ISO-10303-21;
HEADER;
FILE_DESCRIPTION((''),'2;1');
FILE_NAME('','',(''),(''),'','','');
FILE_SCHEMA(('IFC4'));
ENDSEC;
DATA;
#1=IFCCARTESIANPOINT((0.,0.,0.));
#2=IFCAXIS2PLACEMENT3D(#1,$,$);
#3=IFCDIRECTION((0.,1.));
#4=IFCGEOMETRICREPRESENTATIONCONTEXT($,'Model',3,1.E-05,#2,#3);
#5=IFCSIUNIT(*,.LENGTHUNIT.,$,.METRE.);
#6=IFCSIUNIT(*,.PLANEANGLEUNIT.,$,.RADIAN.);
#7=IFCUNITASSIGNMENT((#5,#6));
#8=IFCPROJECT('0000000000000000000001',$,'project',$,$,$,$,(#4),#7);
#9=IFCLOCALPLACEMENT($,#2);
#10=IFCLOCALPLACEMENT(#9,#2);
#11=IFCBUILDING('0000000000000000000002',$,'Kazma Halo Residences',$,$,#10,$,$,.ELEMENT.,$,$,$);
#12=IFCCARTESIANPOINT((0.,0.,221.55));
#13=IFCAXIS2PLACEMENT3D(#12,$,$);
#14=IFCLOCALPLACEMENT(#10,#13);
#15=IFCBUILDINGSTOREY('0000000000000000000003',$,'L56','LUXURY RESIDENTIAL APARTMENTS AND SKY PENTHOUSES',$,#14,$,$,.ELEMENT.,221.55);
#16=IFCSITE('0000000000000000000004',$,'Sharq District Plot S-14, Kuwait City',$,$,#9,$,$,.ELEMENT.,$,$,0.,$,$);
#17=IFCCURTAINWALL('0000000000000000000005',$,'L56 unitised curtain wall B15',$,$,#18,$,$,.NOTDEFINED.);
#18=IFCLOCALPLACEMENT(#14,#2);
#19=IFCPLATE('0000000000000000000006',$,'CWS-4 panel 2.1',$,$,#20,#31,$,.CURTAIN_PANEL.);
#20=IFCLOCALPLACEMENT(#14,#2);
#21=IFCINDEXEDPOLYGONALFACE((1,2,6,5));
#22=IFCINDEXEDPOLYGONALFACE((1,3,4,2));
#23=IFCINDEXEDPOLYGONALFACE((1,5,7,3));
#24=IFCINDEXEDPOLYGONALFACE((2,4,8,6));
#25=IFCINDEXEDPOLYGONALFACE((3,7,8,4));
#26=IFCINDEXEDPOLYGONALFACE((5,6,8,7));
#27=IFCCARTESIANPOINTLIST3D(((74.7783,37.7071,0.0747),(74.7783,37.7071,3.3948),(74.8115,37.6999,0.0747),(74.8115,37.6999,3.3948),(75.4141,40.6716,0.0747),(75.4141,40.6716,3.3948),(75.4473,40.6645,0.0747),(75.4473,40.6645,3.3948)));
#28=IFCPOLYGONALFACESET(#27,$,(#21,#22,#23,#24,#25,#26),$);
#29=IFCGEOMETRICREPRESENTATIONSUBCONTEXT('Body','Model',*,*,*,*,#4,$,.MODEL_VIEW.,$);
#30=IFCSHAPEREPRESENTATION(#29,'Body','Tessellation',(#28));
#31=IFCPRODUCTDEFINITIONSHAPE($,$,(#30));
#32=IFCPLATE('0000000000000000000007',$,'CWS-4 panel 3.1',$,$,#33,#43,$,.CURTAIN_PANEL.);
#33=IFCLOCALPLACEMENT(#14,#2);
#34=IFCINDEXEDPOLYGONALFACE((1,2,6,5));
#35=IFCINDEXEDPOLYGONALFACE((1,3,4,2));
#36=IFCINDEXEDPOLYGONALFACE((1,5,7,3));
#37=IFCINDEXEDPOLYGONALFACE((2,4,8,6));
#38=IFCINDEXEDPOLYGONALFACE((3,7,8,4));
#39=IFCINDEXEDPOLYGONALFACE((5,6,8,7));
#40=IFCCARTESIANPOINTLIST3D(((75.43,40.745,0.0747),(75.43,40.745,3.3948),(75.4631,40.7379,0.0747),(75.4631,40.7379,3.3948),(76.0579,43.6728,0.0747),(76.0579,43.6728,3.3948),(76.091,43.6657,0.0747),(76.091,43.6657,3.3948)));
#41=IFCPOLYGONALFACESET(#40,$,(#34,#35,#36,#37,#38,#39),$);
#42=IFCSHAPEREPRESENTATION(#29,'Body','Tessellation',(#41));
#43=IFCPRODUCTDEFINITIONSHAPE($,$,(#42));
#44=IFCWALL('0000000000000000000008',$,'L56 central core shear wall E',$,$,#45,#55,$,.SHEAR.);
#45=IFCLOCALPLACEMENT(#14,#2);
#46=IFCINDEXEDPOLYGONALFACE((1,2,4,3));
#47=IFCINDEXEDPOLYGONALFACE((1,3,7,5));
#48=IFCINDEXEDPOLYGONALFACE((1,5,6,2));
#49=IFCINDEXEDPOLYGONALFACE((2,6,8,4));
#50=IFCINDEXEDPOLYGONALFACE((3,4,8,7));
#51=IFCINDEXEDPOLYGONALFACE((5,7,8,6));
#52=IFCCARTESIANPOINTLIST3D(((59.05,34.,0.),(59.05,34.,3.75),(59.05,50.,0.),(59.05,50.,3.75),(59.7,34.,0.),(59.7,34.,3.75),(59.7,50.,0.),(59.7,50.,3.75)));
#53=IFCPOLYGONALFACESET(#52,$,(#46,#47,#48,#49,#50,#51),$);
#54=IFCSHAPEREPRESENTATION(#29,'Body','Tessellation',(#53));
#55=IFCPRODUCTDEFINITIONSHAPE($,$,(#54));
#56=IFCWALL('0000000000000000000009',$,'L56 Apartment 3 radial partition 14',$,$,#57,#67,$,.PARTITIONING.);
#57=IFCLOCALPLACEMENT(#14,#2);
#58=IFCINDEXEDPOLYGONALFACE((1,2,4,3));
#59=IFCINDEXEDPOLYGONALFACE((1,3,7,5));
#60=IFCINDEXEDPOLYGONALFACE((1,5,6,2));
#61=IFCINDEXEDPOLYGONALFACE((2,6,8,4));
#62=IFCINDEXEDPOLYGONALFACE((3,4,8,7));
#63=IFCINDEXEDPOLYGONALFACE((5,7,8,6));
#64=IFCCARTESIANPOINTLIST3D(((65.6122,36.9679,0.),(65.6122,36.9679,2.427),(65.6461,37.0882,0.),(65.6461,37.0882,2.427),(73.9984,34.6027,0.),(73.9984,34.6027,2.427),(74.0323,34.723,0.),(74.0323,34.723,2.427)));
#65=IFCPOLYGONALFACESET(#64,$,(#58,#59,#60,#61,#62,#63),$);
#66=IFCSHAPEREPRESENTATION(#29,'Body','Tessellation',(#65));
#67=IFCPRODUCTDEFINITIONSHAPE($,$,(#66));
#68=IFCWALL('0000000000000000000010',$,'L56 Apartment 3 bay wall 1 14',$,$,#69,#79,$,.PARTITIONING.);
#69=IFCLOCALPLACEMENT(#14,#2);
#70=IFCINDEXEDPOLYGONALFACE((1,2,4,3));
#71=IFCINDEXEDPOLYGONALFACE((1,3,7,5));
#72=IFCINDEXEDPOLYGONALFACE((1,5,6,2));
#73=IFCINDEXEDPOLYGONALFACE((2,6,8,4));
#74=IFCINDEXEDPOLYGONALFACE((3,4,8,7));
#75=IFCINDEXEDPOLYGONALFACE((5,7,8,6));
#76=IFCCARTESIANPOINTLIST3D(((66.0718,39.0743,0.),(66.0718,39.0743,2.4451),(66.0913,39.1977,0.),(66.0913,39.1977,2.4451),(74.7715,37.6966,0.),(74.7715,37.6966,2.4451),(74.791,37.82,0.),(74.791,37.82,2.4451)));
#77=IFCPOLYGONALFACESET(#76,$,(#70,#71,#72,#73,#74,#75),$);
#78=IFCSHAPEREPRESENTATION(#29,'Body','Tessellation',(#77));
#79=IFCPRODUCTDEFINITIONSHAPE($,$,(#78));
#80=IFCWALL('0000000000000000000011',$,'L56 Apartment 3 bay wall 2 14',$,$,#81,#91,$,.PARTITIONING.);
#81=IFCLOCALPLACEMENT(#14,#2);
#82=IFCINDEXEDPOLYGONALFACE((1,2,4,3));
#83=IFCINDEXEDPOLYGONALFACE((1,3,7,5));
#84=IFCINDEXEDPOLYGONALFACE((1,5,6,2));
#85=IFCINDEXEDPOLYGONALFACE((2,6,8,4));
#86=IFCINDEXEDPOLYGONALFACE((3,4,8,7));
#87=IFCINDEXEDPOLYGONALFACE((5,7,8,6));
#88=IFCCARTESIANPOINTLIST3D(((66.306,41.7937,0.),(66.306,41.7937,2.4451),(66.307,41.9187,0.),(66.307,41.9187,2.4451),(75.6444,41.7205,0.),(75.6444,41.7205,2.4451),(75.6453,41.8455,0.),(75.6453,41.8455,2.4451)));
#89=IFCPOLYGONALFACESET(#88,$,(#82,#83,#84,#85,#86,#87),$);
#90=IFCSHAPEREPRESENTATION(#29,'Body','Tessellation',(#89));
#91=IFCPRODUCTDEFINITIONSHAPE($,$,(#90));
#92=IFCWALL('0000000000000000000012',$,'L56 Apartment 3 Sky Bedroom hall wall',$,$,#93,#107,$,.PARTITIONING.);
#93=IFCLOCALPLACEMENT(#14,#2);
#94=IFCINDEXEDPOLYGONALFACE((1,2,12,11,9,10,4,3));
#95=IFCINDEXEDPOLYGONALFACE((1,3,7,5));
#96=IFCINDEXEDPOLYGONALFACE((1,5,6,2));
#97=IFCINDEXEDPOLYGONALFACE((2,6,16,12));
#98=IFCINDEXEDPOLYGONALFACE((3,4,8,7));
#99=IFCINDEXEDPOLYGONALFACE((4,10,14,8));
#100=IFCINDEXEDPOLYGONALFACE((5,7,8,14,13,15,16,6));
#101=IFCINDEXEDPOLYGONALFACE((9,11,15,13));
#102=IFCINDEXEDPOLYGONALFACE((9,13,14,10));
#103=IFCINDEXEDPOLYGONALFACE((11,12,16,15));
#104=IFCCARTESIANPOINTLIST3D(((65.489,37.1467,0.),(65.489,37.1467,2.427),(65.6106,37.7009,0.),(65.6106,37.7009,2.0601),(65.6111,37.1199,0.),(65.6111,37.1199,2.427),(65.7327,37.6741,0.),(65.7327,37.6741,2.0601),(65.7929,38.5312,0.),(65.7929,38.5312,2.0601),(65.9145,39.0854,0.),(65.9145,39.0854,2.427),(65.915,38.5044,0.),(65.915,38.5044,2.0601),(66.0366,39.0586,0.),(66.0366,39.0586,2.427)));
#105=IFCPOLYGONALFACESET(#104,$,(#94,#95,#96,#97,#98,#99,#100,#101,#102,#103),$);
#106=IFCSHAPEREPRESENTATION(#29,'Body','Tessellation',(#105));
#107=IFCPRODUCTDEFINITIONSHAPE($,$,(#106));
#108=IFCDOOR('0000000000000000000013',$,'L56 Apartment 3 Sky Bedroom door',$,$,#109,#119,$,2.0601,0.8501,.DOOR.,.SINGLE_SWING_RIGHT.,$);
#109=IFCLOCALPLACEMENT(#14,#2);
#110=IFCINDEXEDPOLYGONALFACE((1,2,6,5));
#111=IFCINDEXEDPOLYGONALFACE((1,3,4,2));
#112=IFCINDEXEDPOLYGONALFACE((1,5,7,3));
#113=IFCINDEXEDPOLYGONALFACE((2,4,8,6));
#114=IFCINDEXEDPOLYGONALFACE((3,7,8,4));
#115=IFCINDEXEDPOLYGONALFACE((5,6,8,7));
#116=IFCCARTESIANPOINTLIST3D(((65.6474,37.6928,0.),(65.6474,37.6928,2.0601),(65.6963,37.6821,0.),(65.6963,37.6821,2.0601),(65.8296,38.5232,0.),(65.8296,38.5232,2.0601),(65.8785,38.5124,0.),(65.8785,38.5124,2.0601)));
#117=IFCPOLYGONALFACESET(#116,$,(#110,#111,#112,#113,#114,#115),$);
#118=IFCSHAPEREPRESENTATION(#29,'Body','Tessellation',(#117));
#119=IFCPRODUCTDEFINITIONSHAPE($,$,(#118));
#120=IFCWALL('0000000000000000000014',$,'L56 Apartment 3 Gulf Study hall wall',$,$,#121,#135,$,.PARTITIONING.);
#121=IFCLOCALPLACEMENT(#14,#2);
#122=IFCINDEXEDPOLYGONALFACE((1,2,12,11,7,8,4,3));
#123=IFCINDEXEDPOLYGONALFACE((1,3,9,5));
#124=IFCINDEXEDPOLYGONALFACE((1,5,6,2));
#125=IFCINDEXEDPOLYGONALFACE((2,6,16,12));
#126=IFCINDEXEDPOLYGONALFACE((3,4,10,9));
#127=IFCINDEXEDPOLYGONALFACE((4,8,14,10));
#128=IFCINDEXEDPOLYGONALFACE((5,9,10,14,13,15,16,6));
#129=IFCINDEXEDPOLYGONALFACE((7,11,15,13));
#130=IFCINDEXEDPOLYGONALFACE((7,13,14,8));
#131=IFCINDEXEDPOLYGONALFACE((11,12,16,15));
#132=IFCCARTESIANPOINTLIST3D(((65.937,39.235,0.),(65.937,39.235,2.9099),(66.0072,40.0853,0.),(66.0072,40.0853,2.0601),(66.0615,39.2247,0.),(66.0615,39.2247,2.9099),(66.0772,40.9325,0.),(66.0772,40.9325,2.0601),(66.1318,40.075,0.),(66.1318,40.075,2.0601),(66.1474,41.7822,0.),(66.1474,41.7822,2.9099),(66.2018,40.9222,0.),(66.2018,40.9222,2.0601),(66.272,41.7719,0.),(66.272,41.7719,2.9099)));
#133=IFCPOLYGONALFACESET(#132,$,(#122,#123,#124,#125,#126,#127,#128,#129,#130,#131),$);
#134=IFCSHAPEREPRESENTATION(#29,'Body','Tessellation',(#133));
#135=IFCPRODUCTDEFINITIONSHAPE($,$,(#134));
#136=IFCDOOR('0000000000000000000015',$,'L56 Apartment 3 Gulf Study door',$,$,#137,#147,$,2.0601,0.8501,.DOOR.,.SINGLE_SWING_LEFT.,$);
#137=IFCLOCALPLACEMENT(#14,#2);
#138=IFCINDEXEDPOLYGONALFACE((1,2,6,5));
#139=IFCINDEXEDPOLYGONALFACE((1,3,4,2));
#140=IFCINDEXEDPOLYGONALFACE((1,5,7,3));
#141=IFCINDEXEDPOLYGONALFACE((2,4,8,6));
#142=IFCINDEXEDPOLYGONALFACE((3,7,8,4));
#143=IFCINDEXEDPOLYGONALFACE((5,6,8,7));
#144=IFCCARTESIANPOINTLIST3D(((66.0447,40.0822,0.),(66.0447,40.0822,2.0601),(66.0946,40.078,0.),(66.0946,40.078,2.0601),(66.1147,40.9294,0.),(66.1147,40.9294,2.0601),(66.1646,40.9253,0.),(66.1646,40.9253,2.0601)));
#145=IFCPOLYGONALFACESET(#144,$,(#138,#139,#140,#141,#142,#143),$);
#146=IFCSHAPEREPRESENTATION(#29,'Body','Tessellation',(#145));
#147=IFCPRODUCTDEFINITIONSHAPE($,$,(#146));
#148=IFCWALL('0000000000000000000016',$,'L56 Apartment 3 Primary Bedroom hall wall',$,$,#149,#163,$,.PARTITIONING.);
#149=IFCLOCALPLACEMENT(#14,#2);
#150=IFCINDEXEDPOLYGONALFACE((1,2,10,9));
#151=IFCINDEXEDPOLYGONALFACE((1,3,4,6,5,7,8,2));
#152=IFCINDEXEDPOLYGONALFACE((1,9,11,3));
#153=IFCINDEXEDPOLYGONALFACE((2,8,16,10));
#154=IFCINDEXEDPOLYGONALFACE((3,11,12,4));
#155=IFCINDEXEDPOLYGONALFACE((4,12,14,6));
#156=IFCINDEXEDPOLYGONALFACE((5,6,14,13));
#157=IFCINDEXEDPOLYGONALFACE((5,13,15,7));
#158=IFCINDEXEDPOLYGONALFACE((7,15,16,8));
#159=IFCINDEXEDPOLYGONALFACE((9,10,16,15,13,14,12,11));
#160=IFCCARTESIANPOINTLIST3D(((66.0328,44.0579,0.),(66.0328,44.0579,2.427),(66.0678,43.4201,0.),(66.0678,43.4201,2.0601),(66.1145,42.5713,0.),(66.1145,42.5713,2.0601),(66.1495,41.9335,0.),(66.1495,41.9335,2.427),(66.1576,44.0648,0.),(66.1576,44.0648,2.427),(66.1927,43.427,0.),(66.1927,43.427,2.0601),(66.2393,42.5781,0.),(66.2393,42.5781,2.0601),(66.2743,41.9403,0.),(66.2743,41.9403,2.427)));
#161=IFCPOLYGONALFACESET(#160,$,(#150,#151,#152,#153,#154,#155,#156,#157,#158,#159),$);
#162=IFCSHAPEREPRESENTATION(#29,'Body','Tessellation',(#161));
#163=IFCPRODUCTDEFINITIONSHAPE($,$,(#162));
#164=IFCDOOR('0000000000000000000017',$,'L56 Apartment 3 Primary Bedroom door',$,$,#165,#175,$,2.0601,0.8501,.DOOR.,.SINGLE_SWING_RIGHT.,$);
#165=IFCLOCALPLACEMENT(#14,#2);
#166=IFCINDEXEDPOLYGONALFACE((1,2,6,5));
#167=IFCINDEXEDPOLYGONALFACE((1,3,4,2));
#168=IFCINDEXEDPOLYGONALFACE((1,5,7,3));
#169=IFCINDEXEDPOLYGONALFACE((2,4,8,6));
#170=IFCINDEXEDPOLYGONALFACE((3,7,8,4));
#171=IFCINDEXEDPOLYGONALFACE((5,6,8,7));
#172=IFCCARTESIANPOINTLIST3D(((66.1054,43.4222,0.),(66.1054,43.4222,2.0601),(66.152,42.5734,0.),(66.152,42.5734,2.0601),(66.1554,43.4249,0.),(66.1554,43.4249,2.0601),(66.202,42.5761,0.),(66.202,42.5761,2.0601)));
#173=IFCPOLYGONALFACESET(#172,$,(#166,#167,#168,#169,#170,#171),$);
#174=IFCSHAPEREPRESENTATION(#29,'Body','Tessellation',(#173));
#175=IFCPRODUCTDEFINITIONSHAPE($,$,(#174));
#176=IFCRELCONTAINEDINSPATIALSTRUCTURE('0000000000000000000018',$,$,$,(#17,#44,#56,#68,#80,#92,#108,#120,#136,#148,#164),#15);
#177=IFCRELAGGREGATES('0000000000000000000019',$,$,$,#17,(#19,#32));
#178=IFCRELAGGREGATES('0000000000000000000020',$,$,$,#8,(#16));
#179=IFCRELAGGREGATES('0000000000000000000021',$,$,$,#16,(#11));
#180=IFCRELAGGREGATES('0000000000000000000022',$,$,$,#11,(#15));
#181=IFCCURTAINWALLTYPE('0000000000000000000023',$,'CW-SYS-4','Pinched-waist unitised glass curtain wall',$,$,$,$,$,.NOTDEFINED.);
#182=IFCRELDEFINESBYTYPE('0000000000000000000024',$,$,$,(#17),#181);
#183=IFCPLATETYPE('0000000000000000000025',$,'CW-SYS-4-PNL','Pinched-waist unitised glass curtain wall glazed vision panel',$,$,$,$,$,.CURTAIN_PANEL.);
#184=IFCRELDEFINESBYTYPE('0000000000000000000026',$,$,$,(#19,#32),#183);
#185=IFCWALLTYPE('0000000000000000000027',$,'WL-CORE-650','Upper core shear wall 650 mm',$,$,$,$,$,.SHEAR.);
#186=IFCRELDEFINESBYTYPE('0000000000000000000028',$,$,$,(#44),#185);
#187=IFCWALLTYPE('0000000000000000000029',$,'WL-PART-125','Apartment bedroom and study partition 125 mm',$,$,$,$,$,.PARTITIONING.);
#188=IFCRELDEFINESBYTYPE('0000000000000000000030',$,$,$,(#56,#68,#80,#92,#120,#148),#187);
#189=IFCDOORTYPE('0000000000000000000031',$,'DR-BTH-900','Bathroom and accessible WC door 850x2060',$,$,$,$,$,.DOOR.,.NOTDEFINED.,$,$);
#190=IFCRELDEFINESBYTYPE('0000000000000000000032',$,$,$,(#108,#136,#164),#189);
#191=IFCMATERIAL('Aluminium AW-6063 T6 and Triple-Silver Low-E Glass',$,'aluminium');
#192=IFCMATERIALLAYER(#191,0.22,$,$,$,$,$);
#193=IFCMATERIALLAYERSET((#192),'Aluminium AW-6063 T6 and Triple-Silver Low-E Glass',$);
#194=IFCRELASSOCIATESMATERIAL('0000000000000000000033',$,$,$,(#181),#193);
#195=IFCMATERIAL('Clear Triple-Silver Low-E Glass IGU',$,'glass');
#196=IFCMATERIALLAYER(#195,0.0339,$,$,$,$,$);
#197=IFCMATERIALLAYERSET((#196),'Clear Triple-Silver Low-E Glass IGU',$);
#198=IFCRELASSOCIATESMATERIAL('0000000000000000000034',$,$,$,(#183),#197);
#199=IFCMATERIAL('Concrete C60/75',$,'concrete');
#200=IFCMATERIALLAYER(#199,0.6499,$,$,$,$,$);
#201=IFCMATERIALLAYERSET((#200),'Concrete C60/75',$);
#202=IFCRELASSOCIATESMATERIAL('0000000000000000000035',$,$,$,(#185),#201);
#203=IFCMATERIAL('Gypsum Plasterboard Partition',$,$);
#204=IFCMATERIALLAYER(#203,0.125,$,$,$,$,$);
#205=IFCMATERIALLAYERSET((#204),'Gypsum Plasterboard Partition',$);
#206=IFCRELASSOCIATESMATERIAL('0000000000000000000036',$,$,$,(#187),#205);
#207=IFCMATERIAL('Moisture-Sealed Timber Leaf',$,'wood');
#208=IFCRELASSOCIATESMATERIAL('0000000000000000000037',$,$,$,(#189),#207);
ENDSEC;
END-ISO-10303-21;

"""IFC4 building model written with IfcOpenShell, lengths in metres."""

from ifc_helpers import new_model, si_unit, direction, frame, frame_2d, origin, origin_2d, place, context, subcontext, project, spatial, rectangle, extrude, material, layer, layer_set, type_object, element, fill, aggregate, save


model = new_model("IFC4")

# Units and contexts
model_context = context("Model", 3, precision=1e-05, world=origin(), true_north=direction((0.0, 1.0)))
body_context = subcontext(model_context, "Body", "Model", "MODEL_VIEW")
ifc_project = project(units=[si_unit("LENGTHUNIT", "METRE"), si_unit("PLANEANGLEUNIT", "RADIAN")], contexts=[model_context])

# Site, building, storey
site_placement = place(None, origin())
site = spatial("IfcSite", under=ifc_project, at=site_placement, Name="Sharq District Plot S-14, Kuwait City", CompositionType="ELEMENT", RefElevation=0.0)
building_placement = place(site_placement, origin())
building = spatial("IfcBuilding", under=site, at=building_placement, Name="Kazma Halo Residences", CompositionType="ELEMENT")
storey_placement = place(building_placement, frame((0.0, 0.0, 221.55)))
storey = spatial("IfcBuildingStorey", under=building, at=storey_placement, Name="L56", Description="LUXURY RESIDENTIAL APARTMENTS AND SKY PENTHOUSES", CompositionType="ELEMENT", Elevation=221.55)

# Curtain wall, plates
ifc_material_1 = material(Name="Aluminium AW-6063 T6 and Triple-Silver Low-E Glass", Category="aluminium")
ifc_layer_1 = layer(ifc_material_1, 0.22)
ifc_layer_set_1 = layer_set([ifc_layer_1], Name="Aluminium AW-6063 T6 and Triple-Silver Low-E Glass")
curtain_wall_type = type_object("IfcCurtainWallType", Name="CW-SYS-4", Description="Pinched-waist unitised glass curtain wall", PredefinedType="NOTDEFINED", material=ifc_layer_set_1)
curtain_wall_placement = place(storey_placement, origin())
curtain_wall = element("IfcCurtainWall", 1, at=curtain_wall_placement, inside=storey, type_object=curtain_wall_type, Name="L56 unitised curtain wall B15", PredefinedType="NOTDEFINED")
ifc_material_2 = material(Name="Clear Triple-Silver Low-E Glass IGU", Category="glass")
ifc_layer_2 = layer(ifc_material_2, 0.0339)
ifc_layer_set_2 = layer_set([ifc_layer_2], Name="Clear Triple-Silver Low-E Glass IGU")
plate_type = type_object("IfcPlateType", Name="CW-SYS-4-PNL", Description="Pinched-waist unitised glass curtain wall glazed vision panel", PredefinedType="CURTAIN_PANEL", material=ifc_layer_set_2)
plate_1_placement = place(storey_placement, frame((75.1128, 39.1858, 0.0747), z_axis=(0.0, 0.0, 1.0), x_axis=(0.20969, 0.977768, 0.0)))
plate_1 = element("IfcPlate", 2, at=plate_1_placement, type_object=plate_type, Name="CWS-4 panel 2.1", PredefinedType="CURTAIN_PANEL", context=body_context, shape_type="SweptSolid", body=[
    extrude(rectangle(XDim=3.032, YDim=0.0339, at=origin_2d()), origin(), (0.0, 0.0, 1.0), 3.3201),
])
plate_2_placement = place(storey_placement, frame((75.7605, 42.2053, 0.0747), z_axis=(0.0, 0.0, 1.0), x_axis=(0.20969, 0.977768, 0.0)))
plate_2 = element("IfcPlate", 3, at=plate_2_placement, type_object=plate_type, Name="CWS-4 panel 3.1", PredefinedType="CURTAIN_PANEL", context=body_context, shape_type="SweptSolid", body=[
    extrude(rectangle(XDim=2.9944, YDim=0.0339, at=origin_2d()), origin(), (0.0, 0.0, 1.0), 3.3201),
])
aggregate(curtain_wall, [plate_1, plate_2])

# Walls
ifc_material_3 = material(Name="Concrete C60/75", Category="concrete")
ifc_layer_3 = layer(ifc_material_3, 0.6499)
ifc_layer_set_3 = layer_set([ifc_layer_3], Name="Concrete C60/75")
wall_type_1 = type_object("IfcWallType", Name="WL-CORE-650", Description="Upper core shear wall 650 mm", PredefinedType="SHEAR", material=ifc_layer_set_3)
wall_1_placement = place(storey_placement, frame((59.375, 34.0, 0.0), z_axis=(0.0, 0.0, 1.0), x_axis=(0.0, 1.0, 0.0)))
element("IfcWall", 4, at=wall_1_placement, inside=storey, type_object=wall_type_1, Name="L56 central core shear wall E", PredefinedType="SHEAR", context=body_context, shape_type="SweptSolid", body=[
    extrude(rectangle(XDim=16.0, YDim=0.6499, at=frame_2d((8.0, 0.0))), origin(), (0.0, 0.0, 1.0), 3.75),
])
ifc_material_4 = material(Name="Gypsum Plasterboard Partition")
ifc_layer_4 = layer(ifc_material_4, 0.125)
ifc_layer_set_4 = layer_set([ifc_layer_4], Name="Gypsum Plasterboard Partition")
wall_type_2 = type_object("IfcWallType", Name="WL-PART-125", Description="Apartment bedroom and study partition 125 mm", PredefinedType="PARTITIONING", material=ifc_layer_set_4)
wall_2_placement = place(storey_placement, frame((65.6292, 37.0281, 0.0), z_axis=(0.0, 0.0, 1.0), x_axis=(0.962453, -0.271448, 0.0)))
element("IfcWall", 5, at=wall_2_placement, inside=storey, type_object=wall_type_2, Name="L56 Apartment 3 radial partition 14", PredefinedType="PARTITIONING", context=body_context, shape_type="SweptSolid", body=[
    extrude(rectangle(XDim=8.7134, YDim=0.125, at=frame_2d((4.3567, 0.0))), origin(), (0.0, 0.0, 1.0), 2.427),
])
wall_3_placement = place(storey_placement, frame((66.0815, 39.136, 0.0), z_axis=(0.0, 0.0, 1.0), x_axis=(0.987692, -0.156411, 0.0)))
element("IfcWall", 6, at=wall_3_placement, inside=storey, type_object=wall_type_2, Name="L56 Apartment 3 bay wall 1 14", PredefinedType="PARTITIONING", context=body_context, shape_type="SweptSolid", body=[
    extrude(rectangle(XDim=8.8081, YDim=0.125, at=frame_2d((4.4041, 0.0))), origin(), (0.0, 0.0, 1.0), 2.4451),
])
wall_4_placement = place(storey_placement, frame((66.3064, 41.8562, 0.0), z_axis=(0.0, 0.0, 1.0), x_axis=(0.999969, -0.007843, 0.0)))
element("IfcWall", 7, at=wall_4_placement, inside=storey, type_object=wall_type_2, Name="L56 Apartment 3 bay wall 2 14", PredefinedType="PARTITIONING", context=body_context, shape_type="SweptSolid", body=[
    extrude(rectangle(XDim=9.3386, YDim=0.125, at=frame_2d((4.6694, 0.0))), origin(), (0.0, 0.0, 1.0), 2.4451),
])

# Walls, openings, doors
wall_5_placement = place(storey_placement, frame((65.55, 37.1333, 0.0), z_axis=(0.0, 0.0, 1.0), x_axis=(0.21439, 0.976748, 0.0)))
wall_5 = element("IfcWall", 8, at=wall_5_placement, inside=storey, type_object=wall_type_2, Name="L56 Apartment 3 Sky Bedroom hall wall", PredefinedType="PARTITIONING", context=body_context, shape_type="SweptSolid", body=[
    extrude(rectangle(XDim=1.9849, YDim=0.125, at=frame_2d((0.9924, 0.0))), origin(), (0.0, 0.0, 1.0), 2.427),
])
opening_1_placement = place(wall_5_placement, frame((0.5674, 0.0, 0.0)))
opening_1 = element("IfcOpeningElement", 9, at=opening_1_placement, cuts=wall_5, PredefinedType="OPENING", context=body_context, shape_type="SweptSolid", body=[
    extrude(rectangle(XDim=0.8501, YDim=2.0601, at=frame_2d((0.425, 1.03))), frame((0.0, 0.0725, 0.0), z_axis=(0.0, -1.0, 0.0), x_axis=(1.0, 0.0, 0.0)), (0.0, 0.0, 1.0), 0.145),
])
ifc_material_5 = material(Name="Moisture-Sealed Timber Leaf", Category="wood")
door_type = type_object("IfcDoorType", Name="DR-BTH-900", Description="Bathroom and accessible WC door 850x2060", OperationType="NOTDEFINED", PredefinedType="DOOR", material=ifc_material_5)
door_1_placement = place(opening_1_placement, origin())
door_1 = element("IfcDoor", 10, at=door_1_placement, inside=storey, type_object=door_type, Name="L56 Apartment 3 Sky Bedroom door", OperationType="SINGLE_SWING_RIGHT", OverallHeight=2.0601, OverallWidth=0.8501, PredefinedType="DOOR", context=body_context, shape_type="SweptSolid", body=[
    extrude(rectangle(XDim=0.8501, YDim=2.0601, at=frame_2d((0.425, 1.03))), frame((0.0, 0.0249, 0.0), z_axis=(0.0, -1.0, 0.0), x_axis=(1.0, 0.0, 0.0)), (0.0, 0.0, 1.0), 0.05),
])
fill(opening_1, door_1)
wall_6_placement = place(storey_placement, frame((65.9993, 39.23, 0.0), z_axis=(0.0, 0.0, 1.0), x_axis=(0.082342, 0.996604, 0.0)))
wall_6 = element("IfcWall", 11, at=wall_6_placement, inside=storey, type_object=wall_type_2, Name="L56 Apartment 3 Gulf Study hall wall", PredefinedType="PARTITIONING", context=body_context, shape_type="SweptSolid", body=[
    extrude(rectangle(XDim=2.5559, YDim=0.125, at=frame_2d((1.2778, 0.0))), origin(), (0.0, 0.0, 1.0), 2.9099),
])
opening_2_placement = place(wall_6_placement, frame((0.853, 0.0, 0.0)))
opening_2 = element("IfcOpeningElement", 12, at=opening_2_placement, cuts=wall_6, PredefinedType="OPENING", context=body_context, shape_type="SweptSolid", body=[
    extrude(rectangle(XDim=0.8501, YDim=2.0601, at=frame_2d((0.425, 1.03))), frame((0.0, 0.0725, 0.0), z_axis=(0.0, -1.0, 0.0), x_axis=(1.0, 0.0, 0.0)), (0.0, 0.0, 1.0), 0.145),
])
door_2_placement = place(opening_2_placement, origin())
door_2 = element("IfcDoor", 13, at=door_2_placement, inside=storey, type_object=door_type, Name="L56 Apartment 3 Gulf Study door", OperationType="SINGLE_SWING_LEFT", OverallHeight=2.0601, OverallWidth=0.8501, PredefinedType="DOOR", context=body_context, shape_type="SweptSolid", body=[
    extrude(rectangle(XDim=0.8501, YDim=2.0601, at=frame_2d((0.425, 1.03))), frame((0.0, 0.0249, 0.0), z_axis=(0.0, -1.0, 0.0), x_axis=(1.0, 0.0, 0.0)), (0.0, 0.0, 1.0), 0.05),
])
fill(opening_2, door_2)
wall_7_placement = place(storey_placement, frame((66.2119, 41.9368, 0.0), z_axis=(0.0, 0.0, 1.0), x_axis=(-0.054847, 0.998495, 0.0)))
wall_7 = element("IfcWall", 14, at=wall_7_placement, inside=storey, type_object=wall_type_2, Name="L56 Apartment 3 Primary Bedroom hall wall", PredefinedType="PARTITIONING", context=body_context, shape_type="SweptSolid", body=[
    extrude(rectangle(XDim=2.1277, YDim=0.125, at=frame_2d((1.064, 0.0))), origin(), (0.0, 0.0, 1.0), 2.427),
])
opening_3_placement = place(wall_7_placement, frame((0.6389, 0.0, 0.0)))
opening_3 = element("IfcOpeningElement", 15, at=opening_3_placement, cuts=wall_7, PredefinedType="OPENING", context=body_context, shape_type="SweptSolid", body=[
    extrude(rectangle(XDim=0.8501, YDim=2.0601, at=frame_2d((0.425, 1.03))), frame((0.0, 0.0725, 0.0), z_axis=(0.0, -1.0, 0.0), x_axis=(1.0, 0.0, 0.0)), (0.0, 0.0, 1.0), 0.145),
])
door_3_placement = place(opening_3_placement, origin())
door_3 = element("IfcDoor", 16, at=door_3_placement, inside=storey, type_object=door_type, Name="L56 Apartment 3 Primary Bedroom door", OperationType="SINGLE_SWING_RIGHT", OverallHeight=2.0601, OverallWidth=0.8501, PredefinedType="DOOR", context=body_context, shape_type="SweptSolid", body=[
    extrude(rectangle(XDim=0.8501, YDim=2.0601, at=frame_2d((0.425, 1.03))), frame((0.0, 0.0249, 0.0), z_axis=(0.0, -1.0, 0.0), x_axis=(1.0, 0.0, 0.0)), (0.0, 0.0, 1.0), 0.05),
])
fill(opening_3, door_3)

save(model, "model.ifc")
